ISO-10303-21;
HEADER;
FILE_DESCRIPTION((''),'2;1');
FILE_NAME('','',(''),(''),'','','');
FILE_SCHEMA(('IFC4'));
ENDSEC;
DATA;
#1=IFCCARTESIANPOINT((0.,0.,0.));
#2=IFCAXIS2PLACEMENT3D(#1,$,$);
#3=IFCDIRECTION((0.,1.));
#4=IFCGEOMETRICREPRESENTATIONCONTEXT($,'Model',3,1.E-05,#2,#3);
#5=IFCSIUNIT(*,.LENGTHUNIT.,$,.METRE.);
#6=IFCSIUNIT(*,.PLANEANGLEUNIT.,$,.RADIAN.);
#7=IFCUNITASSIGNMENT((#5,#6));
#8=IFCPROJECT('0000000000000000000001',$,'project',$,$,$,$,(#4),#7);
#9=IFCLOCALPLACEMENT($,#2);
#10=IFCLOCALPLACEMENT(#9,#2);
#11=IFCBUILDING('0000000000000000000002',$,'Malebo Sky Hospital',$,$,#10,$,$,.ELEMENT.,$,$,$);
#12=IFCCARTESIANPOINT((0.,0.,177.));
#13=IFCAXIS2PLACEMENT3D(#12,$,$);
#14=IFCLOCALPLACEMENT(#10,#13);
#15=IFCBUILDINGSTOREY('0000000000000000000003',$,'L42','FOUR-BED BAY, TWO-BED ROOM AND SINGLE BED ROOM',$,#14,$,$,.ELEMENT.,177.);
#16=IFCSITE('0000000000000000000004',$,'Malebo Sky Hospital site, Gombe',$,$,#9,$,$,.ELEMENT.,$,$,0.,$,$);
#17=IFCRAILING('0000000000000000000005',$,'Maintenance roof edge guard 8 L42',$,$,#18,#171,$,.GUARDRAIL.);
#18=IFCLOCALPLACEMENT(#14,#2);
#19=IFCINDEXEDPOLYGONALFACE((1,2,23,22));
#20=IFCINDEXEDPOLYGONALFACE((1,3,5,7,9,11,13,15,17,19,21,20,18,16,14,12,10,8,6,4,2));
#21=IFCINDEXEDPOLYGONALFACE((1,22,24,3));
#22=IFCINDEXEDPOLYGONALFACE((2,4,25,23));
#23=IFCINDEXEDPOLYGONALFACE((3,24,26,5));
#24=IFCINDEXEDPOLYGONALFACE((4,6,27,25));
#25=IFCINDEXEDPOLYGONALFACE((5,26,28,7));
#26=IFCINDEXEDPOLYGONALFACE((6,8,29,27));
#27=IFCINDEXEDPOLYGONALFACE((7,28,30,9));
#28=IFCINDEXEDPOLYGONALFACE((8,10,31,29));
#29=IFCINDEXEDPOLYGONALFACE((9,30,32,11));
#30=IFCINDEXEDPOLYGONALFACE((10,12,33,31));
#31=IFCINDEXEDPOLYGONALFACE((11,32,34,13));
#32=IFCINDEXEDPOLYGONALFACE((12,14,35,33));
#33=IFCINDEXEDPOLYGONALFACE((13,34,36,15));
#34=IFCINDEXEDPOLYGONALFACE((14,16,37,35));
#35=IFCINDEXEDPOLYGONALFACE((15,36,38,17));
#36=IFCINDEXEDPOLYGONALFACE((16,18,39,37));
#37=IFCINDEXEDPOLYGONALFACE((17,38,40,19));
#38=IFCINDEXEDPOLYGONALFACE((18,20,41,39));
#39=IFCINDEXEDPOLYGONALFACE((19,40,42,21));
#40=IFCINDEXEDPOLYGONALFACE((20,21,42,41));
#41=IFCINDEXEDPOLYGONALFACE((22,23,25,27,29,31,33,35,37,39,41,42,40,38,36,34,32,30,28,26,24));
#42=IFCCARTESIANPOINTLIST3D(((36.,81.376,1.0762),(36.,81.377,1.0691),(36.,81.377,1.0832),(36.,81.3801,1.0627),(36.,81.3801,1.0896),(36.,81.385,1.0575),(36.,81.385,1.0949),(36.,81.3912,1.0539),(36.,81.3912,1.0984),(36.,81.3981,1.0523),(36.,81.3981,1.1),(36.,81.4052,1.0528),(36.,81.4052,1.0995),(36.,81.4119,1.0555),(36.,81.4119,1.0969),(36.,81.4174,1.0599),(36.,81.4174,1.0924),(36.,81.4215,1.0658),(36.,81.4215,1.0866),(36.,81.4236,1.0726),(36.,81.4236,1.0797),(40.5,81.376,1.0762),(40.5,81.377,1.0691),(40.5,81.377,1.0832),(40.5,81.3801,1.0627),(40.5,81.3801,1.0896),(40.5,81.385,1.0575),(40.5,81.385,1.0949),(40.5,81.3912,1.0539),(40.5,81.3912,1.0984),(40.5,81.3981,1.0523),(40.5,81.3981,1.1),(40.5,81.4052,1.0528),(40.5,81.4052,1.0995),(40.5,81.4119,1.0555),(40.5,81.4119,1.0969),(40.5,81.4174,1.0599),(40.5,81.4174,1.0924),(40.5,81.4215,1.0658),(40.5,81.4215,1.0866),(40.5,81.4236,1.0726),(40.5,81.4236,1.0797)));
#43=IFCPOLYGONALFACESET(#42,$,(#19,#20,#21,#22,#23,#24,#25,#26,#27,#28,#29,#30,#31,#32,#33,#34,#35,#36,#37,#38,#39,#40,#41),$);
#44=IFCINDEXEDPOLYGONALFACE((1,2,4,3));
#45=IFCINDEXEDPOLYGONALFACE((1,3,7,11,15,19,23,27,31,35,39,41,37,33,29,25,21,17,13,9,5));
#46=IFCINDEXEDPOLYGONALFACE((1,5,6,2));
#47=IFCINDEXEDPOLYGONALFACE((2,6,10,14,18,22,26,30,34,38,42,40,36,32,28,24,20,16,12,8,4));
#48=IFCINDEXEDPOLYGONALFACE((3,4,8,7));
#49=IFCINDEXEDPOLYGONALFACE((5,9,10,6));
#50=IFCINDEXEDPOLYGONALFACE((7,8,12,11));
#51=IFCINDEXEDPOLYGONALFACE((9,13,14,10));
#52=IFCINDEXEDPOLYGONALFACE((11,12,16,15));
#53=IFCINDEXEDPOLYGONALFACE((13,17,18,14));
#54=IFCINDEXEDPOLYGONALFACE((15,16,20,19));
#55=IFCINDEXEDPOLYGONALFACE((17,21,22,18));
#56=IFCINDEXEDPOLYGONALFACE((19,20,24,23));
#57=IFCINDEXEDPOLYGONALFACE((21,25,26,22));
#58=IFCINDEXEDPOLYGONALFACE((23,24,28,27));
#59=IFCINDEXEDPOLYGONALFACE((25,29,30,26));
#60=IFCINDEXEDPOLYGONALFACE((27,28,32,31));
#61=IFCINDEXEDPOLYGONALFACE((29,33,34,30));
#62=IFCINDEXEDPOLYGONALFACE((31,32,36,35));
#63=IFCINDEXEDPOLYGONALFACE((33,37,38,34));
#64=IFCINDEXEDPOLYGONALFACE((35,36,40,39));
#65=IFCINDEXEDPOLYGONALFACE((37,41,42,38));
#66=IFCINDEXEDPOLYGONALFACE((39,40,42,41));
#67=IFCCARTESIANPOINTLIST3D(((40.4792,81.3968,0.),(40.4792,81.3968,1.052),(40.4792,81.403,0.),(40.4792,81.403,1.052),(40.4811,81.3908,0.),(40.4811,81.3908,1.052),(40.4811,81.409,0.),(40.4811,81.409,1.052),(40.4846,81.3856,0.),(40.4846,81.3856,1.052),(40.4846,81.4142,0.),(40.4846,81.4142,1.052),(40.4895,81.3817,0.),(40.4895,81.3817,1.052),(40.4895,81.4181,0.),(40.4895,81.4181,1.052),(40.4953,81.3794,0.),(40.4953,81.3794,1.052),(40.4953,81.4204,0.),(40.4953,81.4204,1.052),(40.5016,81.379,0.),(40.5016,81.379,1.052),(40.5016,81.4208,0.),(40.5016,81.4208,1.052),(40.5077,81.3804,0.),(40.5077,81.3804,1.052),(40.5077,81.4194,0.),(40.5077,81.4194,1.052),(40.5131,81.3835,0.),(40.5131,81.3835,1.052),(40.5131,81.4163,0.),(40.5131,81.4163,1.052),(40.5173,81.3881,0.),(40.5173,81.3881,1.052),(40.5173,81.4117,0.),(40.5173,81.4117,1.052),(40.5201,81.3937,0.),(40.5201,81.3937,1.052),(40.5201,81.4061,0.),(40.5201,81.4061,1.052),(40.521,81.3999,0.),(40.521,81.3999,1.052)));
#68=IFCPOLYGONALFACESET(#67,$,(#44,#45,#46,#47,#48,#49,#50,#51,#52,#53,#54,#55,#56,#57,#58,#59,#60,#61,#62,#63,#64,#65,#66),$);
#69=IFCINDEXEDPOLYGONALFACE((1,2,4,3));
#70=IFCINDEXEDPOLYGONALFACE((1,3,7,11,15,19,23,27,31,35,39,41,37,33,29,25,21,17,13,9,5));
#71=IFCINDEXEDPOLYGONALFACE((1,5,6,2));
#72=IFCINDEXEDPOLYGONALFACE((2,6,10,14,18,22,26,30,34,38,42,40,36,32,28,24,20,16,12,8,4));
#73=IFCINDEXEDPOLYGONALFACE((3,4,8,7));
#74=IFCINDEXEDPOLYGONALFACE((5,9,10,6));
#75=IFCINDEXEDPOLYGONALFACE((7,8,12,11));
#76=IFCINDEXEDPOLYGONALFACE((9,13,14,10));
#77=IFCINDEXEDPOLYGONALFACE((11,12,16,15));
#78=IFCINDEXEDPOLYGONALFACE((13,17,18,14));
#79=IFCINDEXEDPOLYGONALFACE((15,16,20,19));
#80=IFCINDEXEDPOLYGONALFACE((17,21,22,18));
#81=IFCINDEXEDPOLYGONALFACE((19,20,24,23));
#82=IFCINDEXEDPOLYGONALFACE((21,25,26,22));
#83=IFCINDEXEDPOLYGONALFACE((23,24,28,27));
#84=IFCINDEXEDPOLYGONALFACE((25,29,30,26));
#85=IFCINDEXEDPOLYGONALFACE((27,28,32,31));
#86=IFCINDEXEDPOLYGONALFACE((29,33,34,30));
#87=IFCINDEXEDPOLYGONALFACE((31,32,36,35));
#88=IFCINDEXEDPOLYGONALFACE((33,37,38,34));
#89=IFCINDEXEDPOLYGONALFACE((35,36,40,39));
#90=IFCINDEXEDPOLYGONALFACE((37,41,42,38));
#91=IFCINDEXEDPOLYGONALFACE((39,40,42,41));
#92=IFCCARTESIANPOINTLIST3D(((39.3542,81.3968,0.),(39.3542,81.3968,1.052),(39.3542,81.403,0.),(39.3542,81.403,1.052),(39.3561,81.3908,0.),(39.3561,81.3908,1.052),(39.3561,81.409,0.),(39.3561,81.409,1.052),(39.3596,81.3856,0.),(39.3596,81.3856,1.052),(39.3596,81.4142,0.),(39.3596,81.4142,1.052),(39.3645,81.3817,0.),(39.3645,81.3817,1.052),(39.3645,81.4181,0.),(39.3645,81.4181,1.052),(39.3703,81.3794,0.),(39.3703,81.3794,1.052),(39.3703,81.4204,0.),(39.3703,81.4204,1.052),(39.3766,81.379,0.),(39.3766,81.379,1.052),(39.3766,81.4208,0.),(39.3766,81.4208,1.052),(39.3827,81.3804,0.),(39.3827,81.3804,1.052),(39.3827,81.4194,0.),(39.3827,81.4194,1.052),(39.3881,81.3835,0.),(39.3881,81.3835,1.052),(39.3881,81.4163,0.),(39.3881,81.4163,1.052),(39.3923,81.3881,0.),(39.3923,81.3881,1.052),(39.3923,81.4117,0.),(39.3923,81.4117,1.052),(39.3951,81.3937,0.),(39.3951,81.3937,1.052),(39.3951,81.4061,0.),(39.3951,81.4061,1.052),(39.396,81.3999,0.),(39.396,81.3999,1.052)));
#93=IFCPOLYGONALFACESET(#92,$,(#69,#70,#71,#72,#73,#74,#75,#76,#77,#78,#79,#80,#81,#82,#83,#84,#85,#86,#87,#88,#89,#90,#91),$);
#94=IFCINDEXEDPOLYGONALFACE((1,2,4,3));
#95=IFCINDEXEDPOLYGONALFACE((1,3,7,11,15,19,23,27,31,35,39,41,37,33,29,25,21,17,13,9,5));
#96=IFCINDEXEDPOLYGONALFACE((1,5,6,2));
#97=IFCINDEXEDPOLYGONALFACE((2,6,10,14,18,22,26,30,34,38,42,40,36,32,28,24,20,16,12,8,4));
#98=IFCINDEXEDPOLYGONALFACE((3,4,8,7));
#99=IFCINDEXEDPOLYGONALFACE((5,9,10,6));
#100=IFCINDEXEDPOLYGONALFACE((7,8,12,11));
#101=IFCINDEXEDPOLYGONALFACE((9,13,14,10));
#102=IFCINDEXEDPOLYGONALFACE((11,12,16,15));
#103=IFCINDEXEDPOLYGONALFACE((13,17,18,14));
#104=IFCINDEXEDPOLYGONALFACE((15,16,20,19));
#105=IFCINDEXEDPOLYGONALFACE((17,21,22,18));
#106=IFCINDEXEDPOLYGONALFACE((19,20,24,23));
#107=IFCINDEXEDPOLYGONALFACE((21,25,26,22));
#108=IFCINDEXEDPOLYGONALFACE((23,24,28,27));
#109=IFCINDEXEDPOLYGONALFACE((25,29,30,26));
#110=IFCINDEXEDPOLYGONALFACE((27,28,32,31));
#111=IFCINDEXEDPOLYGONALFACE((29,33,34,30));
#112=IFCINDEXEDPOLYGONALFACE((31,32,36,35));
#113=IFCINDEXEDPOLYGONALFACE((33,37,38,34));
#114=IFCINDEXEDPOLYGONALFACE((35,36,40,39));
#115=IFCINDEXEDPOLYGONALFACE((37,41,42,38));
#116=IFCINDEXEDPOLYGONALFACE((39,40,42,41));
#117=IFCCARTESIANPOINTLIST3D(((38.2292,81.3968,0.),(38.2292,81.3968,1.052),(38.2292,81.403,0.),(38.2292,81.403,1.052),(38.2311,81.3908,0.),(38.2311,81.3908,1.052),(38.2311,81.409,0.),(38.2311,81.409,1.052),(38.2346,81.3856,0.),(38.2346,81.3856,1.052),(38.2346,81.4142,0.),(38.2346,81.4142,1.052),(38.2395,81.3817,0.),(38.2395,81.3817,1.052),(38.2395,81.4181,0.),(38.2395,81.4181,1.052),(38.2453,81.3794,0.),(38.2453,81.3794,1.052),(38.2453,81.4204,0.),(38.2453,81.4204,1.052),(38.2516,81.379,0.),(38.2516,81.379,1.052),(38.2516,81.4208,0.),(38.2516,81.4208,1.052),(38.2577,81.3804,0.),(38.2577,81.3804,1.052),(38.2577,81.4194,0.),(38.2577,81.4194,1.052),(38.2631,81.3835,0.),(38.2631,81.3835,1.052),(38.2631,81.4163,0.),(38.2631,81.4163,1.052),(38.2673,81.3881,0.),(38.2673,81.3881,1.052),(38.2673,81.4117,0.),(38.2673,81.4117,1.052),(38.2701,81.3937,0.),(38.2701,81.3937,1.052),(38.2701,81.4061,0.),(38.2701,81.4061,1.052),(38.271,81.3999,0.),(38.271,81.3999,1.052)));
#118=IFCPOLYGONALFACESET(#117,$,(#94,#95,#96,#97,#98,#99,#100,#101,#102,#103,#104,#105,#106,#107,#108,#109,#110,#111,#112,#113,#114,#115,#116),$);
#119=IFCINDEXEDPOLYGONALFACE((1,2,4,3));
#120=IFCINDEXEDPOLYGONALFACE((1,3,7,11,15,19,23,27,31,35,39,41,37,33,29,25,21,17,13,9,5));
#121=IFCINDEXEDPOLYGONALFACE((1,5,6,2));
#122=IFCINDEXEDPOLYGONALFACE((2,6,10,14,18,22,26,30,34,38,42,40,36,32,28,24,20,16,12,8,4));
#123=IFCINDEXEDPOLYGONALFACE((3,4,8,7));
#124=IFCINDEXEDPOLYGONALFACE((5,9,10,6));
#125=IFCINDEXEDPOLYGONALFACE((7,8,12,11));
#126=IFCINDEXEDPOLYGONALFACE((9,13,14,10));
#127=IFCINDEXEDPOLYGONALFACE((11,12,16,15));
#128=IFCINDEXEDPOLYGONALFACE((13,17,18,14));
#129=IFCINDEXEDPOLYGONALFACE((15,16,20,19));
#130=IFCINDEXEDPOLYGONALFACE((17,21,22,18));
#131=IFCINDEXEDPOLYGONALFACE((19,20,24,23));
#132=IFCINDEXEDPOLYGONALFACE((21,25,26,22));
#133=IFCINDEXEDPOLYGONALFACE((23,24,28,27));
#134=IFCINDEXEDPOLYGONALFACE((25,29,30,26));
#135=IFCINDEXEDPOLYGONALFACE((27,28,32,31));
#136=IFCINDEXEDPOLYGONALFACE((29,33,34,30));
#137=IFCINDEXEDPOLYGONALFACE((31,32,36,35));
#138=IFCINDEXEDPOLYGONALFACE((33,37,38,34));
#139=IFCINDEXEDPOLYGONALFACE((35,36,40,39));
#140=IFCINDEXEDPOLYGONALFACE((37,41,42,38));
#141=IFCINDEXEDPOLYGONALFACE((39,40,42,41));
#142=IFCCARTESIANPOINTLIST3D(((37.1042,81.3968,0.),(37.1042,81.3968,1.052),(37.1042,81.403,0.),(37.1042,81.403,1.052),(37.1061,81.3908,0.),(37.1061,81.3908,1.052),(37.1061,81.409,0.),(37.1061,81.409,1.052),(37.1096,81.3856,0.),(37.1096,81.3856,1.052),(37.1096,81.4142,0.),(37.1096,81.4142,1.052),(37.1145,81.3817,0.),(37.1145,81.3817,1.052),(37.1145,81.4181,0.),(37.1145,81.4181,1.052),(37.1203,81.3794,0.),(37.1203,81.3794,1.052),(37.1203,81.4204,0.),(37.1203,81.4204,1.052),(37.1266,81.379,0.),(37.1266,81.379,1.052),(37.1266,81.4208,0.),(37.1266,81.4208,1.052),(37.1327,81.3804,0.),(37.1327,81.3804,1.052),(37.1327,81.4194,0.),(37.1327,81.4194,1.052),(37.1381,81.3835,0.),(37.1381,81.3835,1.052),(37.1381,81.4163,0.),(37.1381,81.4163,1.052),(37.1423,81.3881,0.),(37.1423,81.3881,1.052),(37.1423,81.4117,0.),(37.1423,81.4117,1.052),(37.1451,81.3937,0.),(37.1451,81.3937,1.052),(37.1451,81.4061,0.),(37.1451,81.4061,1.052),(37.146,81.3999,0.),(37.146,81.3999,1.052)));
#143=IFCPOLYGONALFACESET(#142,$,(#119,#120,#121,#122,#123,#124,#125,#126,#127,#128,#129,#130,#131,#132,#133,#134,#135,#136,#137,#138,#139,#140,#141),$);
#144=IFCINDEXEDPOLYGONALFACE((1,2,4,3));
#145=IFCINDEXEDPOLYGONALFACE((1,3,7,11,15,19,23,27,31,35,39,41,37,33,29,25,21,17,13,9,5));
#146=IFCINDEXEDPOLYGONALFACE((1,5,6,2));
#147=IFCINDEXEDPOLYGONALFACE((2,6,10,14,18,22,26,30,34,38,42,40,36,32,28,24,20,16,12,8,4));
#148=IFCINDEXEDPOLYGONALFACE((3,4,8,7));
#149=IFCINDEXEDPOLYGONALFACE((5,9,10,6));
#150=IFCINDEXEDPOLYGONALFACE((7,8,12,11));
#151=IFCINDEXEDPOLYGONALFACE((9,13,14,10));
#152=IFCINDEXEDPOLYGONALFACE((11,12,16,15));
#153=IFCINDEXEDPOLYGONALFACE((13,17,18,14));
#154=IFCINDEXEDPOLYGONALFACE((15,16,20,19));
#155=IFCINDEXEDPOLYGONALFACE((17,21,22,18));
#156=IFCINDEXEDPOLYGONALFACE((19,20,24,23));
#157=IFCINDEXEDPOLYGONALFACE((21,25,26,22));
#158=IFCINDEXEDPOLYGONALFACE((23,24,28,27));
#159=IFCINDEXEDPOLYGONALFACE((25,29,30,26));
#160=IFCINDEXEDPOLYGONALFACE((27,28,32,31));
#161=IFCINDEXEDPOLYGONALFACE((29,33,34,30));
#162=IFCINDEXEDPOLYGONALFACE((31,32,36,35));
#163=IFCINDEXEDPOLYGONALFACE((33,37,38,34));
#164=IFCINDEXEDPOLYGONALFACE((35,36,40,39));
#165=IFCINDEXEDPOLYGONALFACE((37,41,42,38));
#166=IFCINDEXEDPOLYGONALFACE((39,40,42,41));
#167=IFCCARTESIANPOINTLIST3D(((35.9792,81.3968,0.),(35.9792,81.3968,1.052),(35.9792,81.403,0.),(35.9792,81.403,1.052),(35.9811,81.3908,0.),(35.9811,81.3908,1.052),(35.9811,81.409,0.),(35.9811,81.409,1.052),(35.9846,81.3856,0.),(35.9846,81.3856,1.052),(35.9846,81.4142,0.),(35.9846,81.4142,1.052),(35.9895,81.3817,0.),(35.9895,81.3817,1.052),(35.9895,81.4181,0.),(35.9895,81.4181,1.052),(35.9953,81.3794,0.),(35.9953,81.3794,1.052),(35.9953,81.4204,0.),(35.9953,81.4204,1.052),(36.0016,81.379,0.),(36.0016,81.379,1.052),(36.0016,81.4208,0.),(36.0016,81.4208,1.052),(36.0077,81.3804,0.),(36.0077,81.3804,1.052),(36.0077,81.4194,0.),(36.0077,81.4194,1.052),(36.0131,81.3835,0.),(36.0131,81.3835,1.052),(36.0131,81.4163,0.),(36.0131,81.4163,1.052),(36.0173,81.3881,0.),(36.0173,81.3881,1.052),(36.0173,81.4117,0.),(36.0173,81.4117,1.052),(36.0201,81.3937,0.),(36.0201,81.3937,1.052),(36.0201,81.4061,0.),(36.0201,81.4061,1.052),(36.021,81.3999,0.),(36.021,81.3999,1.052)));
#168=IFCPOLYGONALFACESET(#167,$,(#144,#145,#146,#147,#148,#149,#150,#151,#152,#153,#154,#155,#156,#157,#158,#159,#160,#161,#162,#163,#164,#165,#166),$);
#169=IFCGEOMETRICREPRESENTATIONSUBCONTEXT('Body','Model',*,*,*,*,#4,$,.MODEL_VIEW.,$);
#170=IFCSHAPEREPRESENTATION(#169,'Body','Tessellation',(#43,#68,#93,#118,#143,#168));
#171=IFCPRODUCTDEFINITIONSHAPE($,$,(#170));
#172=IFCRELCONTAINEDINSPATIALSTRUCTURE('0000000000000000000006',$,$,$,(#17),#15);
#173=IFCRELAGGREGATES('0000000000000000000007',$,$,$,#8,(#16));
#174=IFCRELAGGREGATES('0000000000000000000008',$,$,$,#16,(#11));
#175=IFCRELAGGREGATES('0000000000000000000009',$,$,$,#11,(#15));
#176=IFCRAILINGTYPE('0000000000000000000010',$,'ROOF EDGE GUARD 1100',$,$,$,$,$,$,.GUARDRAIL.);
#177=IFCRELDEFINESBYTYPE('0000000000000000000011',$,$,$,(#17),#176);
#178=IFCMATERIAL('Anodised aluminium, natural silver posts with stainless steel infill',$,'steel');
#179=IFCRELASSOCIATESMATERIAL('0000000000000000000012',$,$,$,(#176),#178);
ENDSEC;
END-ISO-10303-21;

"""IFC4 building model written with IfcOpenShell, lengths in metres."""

from ifc_helpers import new_model, si_unit, direction, frame, origin, origin_2d, place, context, subcontext, project, spatial, circle, extrude, material, type_object, element, save


model = new_model("IFC4")

# Units and contexts
model_context = context("Model", 3, precision=1e-05, world=origin(), true_north=direction((0.0, 1.0)))
body_context = subcontext(model_context, "Body", "Model", "MODEL_VIEW")
ifc_project = project(units=[si_unit("LENGTHUNIT", "METRE"), si_unit("PLANEANGLEUNIT", "RADIAN")], contexts=[model_context])

# Site, building, storey
site_placement = place(None, origin())
site = spatial("IfcSite", under=ifc_project, at=site_placement, Name="Malebo Sky Hospital site, Gombe", CompositionType="ELEMENT", RefElevation=0.0)
building_placement = place(site_placement, origin())
building = spatial("IfcBuilding", under=site, at=building_placement, Name="Malebo Sky Hospital", CompositionType="ELEMENT")
storey_placement = place(building_placement, frame((0.0, 0.0, 177.0)))
storey = spatial("IfcBuildingStorey", under=building, at=storey_placement, Name="L42", Description="FOUR-BED BAY, TWO-BED ROOM AND SINGLE BED ROOM", CompositionType="ELEMENT", Elevation=177.0)

# Railing
ifc_material_1 = material(Name="Anodised aluminium, natural silver posts with stainless steel infill", Category="steel")
railing_type = type_object("IfcRailingType", Name="ROOF EDGE GUARD 1100", PredefinedType="GUARDRAIL", material=ifc_material_1)
railing_1_placement = place(storey_placement, frame((40.5, 81.3999, 0.0)))
element("IfcRailing", 1, at=railing_1_placement, inside=storey, type_object=railing_type, Name="Maintenance roof edge guard 8 L42", PredefinedType="GUARDRAIL", context=body_context, shape_type="SweptSolid", body=[
    extrude(circle(Radius=0.0239, at=origin_2d()), frame((0.0, 0.0, 1.0762), z_axis=(-1.0, 0.0, 0.0), x_axis=(0.0, -1.0, 0.0)), (0.0, 0.0, 1.0), 4.5),
    extrude(circle(Radius=0.021, at=origin_2d()), origin(), (0.0, 0.0, 1.0), 1.052),
    extrude(circle(Radius=0.021, at=origin_2d()), frame((-1.125, 0.0, 0.0)), (0.0, 0.0, 1.0), 1.052),
    extrude(circle(Radius=0.021, at=origin_2d()), frame((-2.25, 0.0, 0.0)), (0.0, 0.0, 1.0), 1.052),
    extrude(circle(Radius=0.021, at=origin_2d()), frame((-3.375, 0.0, 0.0)), (0.0, 0.0, 1.0), 1.052),
    extrude(circle(Radius=0.021, at=origin_2d()), frame((-4.5, 0.0, 0.0)), (0.0, 0.0, 1.0), 1.052),
])

save(model, "model.ifc")
